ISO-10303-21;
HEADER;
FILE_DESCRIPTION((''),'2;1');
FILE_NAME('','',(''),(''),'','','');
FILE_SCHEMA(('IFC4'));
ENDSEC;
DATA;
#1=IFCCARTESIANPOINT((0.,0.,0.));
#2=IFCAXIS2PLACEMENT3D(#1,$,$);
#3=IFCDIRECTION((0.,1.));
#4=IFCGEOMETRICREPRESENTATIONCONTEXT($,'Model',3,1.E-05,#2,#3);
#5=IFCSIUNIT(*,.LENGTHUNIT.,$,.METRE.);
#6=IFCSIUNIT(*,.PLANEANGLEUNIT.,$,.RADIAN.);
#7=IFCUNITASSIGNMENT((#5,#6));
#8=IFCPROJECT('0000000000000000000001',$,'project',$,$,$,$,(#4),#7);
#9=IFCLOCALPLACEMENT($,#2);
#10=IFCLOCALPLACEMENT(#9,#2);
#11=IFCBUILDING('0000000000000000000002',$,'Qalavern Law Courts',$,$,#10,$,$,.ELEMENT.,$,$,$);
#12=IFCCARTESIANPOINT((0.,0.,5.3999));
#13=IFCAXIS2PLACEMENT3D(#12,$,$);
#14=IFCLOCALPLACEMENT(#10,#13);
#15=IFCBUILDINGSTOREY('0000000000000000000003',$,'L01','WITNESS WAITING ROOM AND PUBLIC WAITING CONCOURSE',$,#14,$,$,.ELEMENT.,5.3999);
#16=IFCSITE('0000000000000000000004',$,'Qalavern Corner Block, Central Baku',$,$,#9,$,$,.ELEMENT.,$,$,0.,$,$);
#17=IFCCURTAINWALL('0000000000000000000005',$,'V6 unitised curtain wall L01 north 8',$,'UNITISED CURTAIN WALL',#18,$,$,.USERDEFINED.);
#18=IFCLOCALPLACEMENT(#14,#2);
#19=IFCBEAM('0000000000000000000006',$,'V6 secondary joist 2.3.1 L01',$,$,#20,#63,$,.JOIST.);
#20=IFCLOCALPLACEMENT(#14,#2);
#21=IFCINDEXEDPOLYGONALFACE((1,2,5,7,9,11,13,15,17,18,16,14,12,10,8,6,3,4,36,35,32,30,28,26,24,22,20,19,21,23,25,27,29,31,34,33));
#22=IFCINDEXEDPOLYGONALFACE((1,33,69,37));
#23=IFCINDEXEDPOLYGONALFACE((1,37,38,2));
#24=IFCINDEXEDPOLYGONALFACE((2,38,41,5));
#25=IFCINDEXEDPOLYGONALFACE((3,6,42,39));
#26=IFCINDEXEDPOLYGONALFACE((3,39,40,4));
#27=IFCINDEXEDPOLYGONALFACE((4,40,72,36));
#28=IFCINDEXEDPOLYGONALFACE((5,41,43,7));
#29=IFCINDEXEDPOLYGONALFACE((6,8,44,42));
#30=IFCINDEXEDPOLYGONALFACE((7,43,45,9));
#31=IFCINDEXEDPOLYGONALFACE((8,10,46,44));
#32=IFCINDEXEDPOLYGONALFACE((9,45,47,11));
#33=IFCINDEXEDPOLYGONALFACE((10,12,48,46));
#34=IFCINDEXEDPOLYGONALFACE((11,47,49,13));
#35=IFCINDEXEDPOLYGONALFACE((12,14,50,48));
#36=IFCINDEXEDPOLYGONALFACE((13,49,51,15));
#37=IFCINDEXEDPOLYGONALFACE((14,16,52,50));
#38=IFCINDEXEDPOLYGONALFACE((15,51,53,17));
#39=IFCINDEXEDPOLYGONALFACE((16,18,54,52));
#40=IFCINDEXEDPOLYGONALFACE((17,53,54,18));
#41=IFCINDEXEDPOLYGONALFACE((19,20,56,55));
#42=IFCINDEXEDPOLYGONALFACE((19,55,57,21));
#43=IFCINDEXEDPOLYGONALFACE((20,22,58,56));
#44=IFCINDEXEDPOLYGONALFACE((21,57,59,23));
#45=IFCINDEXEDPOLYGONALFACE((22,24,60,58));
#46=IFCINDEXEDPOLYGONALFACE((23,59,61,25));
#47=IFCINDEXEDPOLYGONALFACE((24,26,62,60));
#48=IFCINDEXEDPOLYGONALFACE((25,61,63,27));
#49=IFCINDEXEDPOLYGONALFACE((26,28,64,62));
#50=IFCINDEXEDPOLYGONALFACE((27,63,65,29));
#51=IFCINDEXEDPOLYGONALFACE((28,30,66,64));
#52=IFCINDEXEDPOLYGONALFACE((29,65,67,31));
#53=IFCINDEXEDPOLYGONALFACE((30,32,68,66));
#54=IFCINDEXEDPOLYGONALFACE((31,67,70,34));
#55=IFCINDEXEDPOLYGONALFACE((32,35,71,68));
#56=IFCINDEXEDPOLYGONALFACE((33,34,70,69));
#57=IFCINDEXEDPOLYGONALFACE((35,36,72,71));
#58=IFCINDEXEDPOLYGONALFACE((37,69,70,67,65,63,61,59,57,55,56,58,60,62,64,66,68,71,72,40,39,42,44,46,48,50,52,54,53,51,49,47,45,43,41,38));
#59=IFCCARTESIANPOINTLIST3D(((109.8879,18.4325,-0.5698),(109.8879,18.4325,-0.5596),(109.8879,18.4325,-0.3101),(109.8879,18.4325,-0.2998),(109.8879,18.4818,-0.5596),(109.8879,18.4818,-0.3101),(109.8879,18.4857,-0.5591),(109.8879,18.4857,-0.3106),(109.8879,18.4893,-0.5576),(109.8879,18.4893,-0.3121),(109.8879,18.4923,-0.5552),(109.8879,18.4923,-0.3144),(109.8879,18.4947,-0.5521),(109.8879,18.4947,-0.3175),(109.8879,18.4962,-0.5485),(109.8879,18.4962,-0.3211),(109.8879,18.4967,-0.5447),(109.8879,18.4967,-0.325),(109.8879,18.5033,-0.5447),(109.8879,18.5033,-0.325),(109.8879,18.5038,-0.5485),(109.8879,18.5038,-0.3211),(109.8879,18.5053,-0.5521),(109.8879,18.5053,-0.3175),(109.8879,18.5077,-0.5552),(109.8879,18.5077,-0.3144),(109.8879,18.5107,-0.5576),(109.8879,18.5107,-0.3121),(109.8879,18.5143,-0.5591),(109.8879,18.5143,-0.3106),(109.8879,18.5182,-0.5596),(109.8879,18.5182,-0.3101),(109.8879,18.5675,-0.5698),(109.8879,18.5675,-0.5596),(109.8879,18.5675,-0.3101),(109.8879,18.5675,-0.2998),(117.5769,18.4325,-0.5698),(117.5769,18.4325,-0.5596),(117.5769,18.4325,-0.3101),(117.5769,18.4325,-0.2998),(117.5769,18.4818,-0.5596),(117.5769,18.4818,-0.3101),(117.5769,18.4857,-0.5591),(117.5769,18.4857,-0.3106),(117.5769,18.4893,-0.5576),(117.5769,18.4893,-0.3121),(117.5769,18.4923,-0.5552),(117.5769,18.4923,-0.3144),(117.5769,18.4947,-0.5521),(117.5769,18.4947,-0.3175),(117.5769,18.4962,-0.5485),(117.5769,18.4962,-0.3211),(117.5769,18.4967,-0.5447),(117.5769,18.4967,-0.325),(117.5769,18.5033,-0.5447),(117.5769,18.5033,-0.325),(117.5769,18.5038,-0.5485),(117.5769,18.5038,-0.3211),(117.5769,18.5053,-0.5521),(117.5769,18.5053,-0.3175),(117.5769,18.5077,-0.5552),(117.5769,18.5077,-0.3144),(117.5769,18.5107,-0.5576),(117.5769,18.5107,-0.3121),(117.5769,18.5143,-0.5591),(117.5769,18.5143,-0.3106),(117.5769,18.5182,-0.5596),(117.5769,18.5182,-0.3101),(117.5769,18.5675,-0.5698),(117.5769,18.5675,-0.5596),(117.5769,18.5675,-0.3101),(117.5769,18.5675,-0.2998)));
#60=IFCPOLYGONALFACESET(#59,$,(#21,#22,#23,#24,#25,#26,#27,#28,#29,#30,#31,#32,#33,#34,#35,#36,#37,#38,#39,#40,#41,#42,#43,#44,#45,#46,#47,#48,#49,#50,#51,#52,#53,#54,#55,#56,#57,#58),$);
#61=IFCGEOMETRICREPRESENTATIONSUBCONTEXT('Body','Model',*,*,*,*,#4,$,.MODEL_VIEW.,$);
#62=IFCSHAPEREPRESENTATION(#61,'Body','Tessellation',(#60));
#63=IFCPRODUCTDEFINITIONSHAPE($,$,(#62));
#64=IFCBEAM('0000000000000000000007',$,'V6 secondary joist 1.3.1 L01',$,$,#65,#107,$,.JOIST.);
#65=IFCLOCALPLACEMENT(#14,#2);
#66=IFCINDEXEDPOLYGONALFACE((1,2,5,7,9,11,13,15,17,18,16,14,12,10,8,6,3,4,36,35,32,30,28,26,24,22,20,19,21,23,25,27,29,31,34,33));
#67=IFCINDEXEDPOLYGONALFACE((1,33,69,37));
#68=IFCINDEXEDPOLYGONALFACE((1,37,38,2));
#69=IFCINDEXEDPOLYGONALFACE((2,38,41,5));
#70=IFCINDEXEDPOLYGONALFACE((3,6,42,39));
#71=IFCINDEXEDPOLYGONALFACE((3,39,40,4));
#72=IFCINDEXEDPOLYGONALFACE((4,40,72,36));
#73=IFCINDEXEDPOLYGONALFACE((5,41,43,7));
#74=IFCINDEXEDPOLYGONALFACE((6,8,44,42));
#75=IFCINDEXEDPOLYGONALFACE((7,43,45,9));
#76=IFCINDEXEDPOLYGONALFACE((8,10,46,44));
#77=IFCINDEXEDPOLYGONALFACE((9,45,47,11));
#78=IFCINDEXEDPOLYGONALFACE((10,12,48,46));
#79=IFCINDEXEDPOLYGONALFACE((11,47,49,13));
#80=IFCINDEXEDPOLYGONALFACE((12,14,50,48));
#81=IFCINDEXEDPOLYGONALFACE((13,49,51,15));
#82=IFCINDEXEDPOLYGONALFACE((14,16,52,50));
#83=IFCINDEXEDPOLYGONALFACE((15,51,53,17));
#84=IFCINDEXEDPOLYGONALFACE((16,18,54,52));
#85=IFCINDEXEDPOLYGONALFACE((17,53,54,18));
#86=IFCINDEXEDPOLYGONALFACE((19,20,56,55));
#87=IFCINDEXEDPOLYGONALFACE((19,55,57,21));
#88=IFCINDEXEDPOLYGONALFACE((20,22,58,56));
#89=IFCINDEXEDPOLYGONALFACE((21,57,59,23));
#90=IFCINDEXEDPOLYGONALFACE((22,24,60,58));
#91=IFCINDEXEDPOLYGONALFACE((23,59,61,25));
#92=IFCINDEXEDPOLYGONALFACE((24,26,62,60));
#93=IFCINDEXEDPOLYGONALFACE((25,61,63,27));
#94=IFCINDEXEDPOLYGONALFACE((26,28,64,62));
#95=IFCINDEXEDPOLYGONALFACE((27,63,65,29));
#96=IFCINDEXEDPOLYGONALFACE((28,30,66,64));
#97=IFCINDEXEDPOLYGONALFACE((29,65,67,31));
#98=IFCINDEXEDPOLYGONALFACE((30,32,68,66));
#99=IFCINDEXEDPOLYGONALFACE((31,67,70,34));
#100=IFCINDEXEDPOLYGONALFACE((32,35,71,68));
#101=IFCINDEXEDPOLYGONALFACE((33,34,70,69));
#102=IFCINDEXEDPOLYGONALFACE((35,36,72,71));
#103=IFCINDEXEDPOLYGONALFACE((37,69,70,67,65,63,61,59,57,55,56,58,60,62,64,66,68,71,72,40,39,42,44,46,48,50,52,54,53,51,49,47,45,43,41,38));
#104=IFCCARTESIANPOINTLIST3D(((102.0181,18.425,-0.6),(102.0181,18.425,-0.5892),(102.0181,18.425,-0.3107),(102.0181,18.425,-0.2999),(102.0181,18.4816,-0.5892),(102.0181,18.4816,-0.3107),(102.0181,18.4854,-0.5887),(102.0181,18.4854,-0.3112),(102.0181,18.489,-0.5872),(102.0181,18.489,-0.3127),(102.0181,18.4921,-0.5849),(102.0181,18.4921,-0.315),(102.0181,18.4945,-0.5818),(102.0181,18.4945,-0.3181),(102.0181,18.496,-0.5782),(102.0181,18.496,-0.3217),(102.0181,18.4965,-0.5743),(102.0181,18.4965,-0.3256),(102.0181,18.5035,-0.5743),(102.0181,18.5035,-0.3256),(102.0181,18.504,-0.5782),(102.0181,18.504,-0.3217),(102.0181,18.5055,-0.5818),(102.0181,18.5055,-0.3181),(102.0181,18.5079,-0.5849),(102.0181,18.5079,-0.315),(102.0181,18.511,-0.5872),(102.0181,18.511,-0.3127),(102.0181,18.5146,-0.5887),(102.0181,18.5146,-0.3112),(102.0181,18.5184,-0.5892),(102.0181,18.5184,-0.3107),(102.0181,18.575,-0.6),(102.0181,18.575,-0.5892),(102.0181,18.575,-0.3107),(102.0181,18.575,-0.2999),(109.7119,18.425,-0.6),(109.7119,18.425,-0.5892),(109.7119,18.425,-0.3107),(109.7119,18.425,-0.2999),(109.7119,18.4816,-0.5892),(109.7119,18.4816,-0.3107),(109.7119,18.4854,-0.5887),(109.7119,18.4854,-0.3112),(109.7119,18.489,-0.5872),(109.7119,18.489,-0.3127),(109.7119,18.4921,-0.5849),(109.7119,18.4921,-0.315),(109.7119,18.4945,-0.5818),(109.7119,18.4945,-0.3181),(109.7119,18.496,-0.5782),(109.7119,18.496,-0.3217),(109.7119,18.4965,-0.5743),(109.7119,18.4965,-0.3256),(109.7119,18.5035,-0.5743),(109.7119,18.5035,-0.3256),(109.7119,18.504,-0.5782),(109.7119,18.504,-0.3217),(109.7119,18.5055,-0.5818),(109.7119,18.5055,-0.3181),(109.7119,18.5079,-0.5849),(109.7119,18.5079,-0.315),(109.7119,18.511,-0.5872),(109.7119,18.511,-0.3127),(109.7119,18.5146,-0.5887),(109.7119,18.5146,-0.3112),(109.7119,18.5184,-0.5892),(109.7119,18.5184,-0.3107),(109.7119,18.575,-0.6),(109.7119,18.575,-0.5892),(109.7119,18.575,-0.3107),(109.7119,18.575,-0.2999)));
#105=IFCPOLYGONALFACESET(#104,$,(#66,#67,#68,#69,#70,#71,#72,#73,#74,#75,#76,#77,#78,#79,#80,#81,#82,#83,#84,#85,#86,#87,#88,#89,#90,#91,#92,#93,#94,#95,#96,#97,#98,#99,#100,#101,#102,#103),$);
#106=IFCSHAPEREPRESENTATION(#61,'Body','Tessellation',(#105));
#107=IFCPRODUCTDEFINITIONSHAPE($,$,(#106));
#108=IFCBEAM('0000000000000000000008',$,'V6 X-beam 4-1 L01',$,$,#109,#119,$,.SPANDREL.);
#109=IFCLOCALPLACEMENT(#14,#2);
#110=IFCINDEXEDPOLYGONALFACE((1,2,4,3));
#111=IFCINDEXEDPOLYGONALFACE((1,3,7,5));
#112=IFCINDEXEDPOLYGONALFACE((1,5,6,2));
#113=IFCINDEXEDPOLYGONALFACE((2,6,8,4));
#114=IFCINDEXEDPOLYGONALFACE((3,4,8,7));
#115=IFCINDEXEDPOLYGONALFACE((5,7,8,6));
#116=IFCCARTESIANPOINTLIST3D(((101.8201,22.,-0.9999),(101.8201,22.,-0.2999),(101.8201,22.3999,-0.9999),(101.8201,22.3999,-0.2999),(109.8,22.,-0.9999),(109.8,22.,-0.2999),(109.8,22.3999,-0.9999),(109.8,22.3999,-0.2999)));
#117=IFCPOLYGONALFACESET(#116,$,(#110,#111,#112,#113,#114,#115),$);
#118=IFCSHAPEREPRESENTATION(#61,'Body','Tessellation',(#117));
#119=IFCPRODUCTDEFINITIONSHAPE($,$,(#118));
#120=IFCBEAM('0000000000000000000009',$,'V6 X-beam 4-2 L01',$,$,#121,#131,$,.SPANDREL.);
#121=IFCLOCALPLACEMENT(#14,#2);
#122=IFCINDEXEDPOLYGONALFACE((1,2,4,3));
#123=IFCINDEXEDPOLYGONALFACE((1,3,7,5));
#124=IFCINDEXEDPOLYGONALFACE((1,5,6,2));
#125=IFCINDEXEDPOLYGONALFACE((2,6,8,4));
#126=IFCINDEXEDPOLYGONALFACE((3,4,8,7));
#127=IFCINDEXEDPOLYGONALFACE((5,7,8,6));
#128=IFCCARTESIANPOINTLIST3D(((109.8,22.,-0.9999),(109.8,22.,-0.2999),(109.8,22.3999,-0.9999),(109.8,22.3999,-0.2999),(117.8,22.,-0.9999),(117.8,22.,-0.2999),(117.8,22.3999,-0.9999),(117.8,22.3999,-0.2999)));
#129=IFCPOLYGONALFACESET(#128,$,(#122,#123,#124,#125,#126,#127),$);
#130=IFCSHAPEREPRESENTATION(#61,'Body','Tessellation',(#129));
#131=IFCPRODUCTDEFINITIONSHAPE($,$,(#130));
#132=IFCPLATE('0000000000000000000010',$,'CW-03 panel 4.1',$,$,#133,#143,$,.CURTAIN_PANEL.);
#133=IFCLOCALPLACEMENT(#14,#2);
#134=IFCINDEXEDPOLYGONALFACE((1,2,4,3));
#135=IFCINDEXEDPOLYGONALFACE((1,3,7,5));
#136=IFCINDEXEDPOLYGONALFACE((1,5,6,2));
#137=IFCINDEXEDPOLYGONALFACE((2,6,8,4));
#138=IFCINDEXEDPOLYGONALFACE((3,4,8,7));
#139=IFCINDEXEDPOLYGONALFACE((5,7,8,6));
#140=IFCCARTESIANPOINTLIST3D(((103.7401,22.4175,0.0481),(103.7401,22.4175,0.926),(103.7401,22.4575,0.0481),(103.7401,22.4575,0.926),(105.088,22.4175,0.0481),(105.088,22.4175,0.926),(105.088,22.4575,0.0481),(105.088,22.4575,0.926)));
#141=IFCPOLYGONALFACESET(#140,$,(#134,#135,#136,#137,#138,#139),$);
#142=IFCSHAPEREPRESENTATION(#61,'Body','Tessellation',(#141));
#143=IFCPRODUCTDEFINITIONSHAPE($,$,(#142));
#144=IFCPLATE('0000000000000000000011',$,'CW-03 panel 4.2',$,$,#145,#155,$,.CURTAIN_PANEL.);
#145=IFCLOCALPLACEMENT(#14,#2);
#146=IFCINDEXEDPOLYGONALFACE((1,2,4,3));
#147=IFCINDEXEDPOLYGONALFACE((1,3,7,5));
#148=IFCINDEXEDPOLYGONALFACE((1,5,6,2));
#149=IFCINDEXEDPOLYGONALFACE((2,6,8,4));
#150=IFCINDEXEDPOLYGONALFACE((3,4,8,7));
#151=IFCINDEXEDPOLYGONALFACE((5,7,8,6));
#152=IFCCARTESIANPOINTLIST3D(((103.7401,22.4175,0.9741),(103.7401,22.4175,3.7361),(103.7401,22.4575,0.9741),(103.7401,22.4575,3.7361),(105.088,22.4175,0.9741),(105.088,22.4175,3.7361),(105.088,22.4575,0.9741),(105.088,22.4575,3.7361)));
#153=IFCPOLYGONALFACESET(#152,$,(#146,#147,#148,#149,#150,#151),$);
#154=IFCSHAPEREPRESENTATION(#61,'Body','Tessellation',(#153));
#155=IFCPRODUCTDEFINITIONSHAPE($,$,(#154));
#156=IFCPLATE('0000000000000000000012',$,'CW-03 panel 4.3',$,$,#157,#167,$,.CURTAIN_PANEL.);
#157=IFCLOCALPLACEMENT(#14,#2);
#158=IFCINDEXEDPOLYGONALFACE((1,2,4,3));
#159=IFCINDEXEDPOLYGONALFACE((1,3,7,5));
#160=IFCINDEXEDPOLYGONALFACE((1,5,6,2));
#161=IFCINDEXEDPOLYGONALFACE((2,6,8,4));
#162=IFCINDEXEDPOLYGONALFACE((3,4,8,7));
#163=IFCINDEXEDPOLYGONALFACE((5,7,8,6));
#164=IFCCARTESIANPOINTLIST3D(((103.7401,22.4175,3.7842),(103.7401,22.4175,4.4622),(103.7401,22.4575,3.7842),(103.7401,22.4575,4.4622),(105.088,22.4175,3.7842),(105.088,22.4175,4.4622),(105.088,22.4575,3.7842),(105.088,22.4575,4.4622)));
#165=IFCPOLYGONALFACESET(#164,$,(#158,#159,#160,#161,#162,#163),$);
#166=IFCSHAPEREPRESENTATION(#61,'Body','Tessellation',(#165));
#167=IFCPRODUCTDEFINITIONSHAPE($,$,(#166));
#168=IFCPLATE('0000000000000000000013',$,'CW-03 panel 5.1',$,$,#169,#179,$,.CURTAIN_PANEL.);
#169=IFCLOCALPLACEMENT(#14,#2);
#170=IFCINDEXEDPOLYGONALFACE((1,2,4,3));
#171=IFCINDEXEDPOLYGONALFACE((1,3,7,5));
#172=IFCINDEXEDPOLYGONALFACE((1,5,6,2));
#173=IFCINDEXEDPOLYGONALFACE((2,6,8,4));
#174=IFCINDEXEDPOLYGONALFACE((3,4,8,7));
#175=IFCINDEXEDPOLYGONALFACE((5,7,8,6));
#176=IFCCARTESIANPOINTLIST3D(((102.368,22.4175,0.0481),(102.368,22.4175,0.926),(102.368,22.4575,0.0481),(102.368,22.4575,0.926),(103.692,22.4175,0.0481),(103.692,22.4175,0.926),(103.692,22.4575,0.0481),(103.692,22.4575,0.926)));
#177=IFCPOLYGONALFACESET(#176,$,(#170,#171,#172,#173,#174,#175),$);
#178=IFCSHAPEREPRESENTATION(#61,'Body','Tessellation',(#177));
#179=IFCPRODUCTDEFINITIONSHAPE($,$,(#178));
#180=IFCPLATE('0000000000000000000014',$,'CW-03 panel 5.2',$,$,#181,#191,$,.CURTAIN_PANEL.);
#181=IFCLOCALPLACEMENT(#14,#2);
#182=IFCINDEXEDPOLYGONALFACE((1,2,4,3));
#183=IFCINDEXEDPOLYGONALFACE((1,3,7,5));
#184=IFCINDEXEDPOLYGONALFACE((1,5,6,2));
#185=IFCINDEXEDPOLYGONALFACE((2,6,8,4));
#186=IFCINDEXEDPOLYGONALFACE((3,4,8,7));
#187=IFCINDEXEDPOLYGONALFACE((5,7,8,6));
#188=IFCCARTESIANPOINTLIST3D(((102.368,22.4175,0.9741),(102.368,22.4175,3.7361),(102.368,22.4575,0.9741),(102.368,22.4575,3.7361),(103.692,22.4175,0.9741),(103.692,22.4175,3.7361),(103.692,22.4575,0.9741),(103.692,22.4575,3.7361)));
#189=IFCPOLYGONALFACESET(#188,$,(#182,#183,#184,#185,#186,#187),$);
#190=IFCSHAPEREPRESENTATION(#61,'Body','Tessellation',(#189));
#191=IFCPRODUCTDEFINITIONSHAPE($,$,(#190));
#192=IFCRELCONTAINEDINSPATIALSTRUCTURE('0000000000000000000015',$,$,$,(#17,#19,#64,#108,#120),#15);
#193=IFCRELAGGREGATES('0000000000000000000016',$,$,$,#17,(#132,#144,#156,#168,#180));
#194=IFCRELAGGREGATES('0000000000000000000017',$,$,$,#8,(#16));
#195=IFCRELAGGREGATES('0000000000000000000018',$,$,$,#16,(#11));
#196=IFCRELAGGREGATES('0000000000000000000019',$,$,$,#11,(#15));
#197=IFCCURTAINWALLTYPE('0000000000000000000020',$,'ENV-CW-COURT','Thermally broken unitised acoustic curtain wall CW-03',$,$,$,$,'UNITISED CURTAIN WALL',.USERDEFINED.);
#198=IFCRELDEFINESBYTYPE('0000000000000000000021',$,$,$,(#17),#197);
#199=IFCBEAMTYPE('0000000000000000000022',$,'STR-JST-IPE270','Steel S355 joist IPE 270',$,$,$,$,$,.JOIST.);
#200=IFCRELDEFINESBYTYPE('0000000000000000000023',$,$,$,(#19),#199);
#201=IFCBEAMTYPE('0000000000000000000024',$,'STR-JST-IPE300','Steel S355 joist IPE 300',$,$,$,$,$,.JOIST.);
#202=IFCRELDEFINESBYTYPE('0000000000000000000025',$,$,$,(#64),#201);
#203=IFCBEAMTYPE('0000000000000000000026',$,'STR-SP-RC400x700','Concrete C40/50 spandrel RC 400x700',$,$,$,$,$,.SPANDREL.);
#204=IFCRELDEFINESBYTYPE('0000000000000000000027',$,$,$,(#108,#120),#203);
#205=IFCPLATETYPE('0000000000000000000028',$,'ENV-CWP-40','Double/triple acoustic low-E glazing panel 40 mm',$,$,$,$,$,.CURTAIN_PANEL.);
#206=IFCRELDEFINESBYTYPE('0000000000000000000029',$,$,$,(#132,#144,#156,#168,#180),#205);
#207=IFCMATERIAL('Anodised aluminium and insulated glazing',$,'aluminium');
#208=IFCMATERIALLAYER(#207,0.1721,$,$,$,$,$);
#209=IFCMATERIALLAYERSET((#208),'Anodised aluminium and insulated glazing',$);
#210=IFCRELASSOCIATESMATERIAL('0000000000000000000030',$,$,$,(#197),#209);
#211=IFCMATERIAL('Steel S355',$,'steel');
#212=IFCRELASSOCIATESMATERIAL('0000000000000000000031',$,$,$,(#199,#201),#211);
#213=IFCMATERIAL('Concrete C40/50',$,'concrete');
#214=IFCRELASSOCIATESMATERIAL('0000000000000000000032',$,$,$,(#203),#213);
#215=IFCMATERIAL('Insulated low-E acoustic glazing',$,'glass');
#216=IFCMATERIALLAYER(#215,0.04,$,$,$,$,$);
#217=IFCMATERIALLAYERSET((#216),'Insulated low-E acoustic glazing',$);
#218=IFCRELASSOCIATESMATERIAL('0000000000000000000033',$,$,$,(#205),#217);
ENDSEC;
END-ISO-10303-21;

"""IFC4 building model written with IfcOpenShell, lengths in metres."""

from ifc_helpers import new_model, si_unit, direction, frame, origin, origin_2d, place, context, subcontext, project, spatial, rectangle, i_section, extrude, material, layer, layer_set, material_profile, profile_set, type_object, element, aggregate, save


model = new_model("IFC4")

# Units and contexts
model_context = context("Model", 3, precision=1e-05, world=origin(), true_north=direction((0.0, 1.0)))
body_context = subcontext(model_context, "Body", "Model", "MODEL_VIEW")
ifc_project = project(units=[si_unit("LENGTHUNIT", "METRE"), si_unit("PLANEANGLEUNIT", "RADIAN")], contexts=[model_context])

# Site, building, storey
site_placement = place(None, origin())
site = spatial("IfcSite", under=ifc_project, at=site_placement, Name="Qalavern Corner Block, Central Baku", CompositionType="ELEMENT", RefElevation=0.0)
building_placement = place(site_placement, origin())
building = spatial("IfcBuilding", under=site, at=building_placement, Name="Qalavern Law Courts", CompositionType="ELEMENT")
storey_placement = place(building_placement, frame((0.0, 0.0, 5.3999)))
storey = spatial("IfcBuildingStorey", under=building, at=storey_placement, Name="L01", Description="WITNESS WAITING ROOM AND PUBLIC WAITING CONCOURSE", CompositionType="ELEMENT", Elevation=5.3999)

# Curtain wall
ifc_material_1 = material(Name="Anodised aluminium and insulated glazing", Category="aluminium")
ifc_layer_1 = layer(ifc_material_1, 0.1721)
ifc_layer_set_1 = layer_set([ifc_layer_1], Name="Anodised aluminium and insulated glazing")
curtain_wall_type = type_object("IfcCurtainWallType", Name="ENV-CW-COURT", Description="Thermally broken unitised acoustic curtain wall CW-03", ElementType="UNITISED CURTAIN WALL", PredefinedType="USERDEFINED", material=ifc_layer_set_1)
curtain_wall_placement = place(storey_placement, origin())
curtain_wall = element("IfcCurtainWall", 1, at=curtain_wall_placement, inside=storey, type_object=curtain_wall_type, Name="V6 unitised curtain wall L01 north 8", ObjectType="UNITISED CURTAIN WALL", PredefinedType="USERDEFINED")

# Beams
ifc_material_2 = material(Name="Steel S355", Category="steel")
ifc_material_profile_1 = material_profile(ifc_material_2, i_section(OverallWidth=0.135, OverallDepth=0.27, WebThickness=0.0066, FlangeThickness=0.0103, FilletRadius=0.0149, at=origin_2d()), Name="IPE 270")
ifc_profile_set_1 = profile_set([ifc_material_profile_1], Name="Steel S355")
beam_type_1 = type_object("IfcBeamType", Name="STR-JST-IPE270", Description="Steel S355 joist IPE 270", PredefinedType="JOIST", material=ifc_profile_set_1)
beam_1_placement = place(storey_placement, frame((109.8879, 18.5, -0.4348), z_axis=(1.0, 0.0, 0.0), x_axis=(0.0, 1.0, 0.0)))
element("IfcBeam", 2, at=beam_1_placement, inside=storey, type_object=beam_type_1, Name="V6 secondary joist 2.3.1 L01", PredefinedType="JOIST", context=body_context, shape_type="SweptSolid", body=[
    extrude(i_section(OverallWidth=0.135, OverallDepth=0.27, WebThickness=0.0066, FlangeThickness=0.0103, FilletRadius=0.0149, at=origin_2d()), origin(), (0.0, 0.0, 1.0), 7.689),
])
ifc_material_profile_2 = material_profile(ifc_material_2, i_section(OverallWidth=0.1499, OverallDepth=0.3, WebThickness=0.0071, FlangeThickness=0.0107, FilletRadius=0.0149, at=origin_2d()), Name="IPE 300")
ifc_profile_set_2 = profile_set([ifc_material_profile_2], Name="Steel S355")
beam_type_2 = type_object("IfcBeamType", Name="STR-JST-IPE300", Description="Steel S355 joist IPE 300", PredefinedType="JOIST", material=ifc_profile_set_2)
beam_2_placement = place(storey_placement, frame((102.0181, 18.5, -0.45), z_axis=(1.0, 0.0, 0.0), x_axis=(0.0, 1.0, 0.0)))
element("IfcBeam", 3, at=beam_2_placement, inside=storey, type_object=beam_type_2, Name="V6 secondary joist 1.3.1 L01", PredefinedType="JOIST", context=body_context, shape_type="SweptSolid", body=[
    extrude(i_section(OverallWidth=0.1499, OverallDepth=0.3, WebThickness=0.0071, FlangeThickness=0.0107, FilletRadius=0.0149, at=origin_2d()), origin(), (0.0, 0.0, 1.0), 7.6938),
])
ifc_material_3 = material(Name="Concrete C40/50", Category="concrete")
ifc_material_profile_3 = material_profile(ifc_material_3, rectangle(XDim=0.3999, YDim=0.7, at=origin_2d()), Name="RC 400x700")
ifc_profile_set_3 = profile_set([ifc_material_profile_3], Name="Concrete C40/50")
beam_type_3 = type_object("IfcBeamType", Name="STR-SP-RC400x700", Description="Concrete C40/50 spandrel RC 400x700", PredefinedType="SPANDREL", material=ifc_profile_set_3)
beam_3_placement = place(storey_placement, frame((101.8201, 22.2, -0.6499), z_axis=(1.0, 0.0, 0.0), x_axis=(0.0, 1.0, 0.0)))
element("IfcBeam", 4, at=beam_3_placement, inside=storey, type_object=beam_type_3, Name="V6 X-beam 4-1 L01", PredefinedType="SPANDREL", context=body_context, shape_type="SweptSolid", body=[
    extrude(rectangle(XDim=0.3999, YDim=0.7, at=origin_2d()), origin(), (0.0, 0.0, 1.0), 7.98),
])
beam_4_placement = place(storey_placement, frame((109.8, 22.2, -0.6499), z_axis=(1.0, 0.0, 0.0), x_axis=(0.0, 1.0, 0.0)))
element("IfcBeam", 5, at=beam_4_placement, inside=storey, type_object=beam_type_3, Name="V6 X-beam 4-2 L01", PredefinedType="SPANDREL", context=body_context, shape_type="SweptSolid", body=[
    extrude(rectangle(XDim=0.3999, YDim=0.7, at=origin_2d()), origin(), (0.0, 0.0, 1.0), 8.0),
])

# Plates
ifc_material_4 = material(Name="Insulated low-E acoustic glazing", Category="glass")
ifc_layer_2 = layer(ifc_material_4, 0.04)
ifc_layer_set_2 = layer_set([ifc_layer_2], Name="Insulated low-E acoustic glazing")
plate_type = type_object("IfcPlateType", Name="ENV-CWP-40", Description="Double/triple acoustic low-E glazing panel 40 mm", PredefinedType="CURTAIN_PANEL", material=ifc_layer_set_2)
plate_1_placement = place(storey_placement, frame((104.4141, 22.4375, 0.0481), z_axis=(0.0, 0.0, 1.0), x_axis=(-1.0, 0.0, 0.0)))
plate_1 = element("IfcPlate", 6, at=plate_1_placement, type_object=plate_type, Name="CW-03 panel 4.1", PredefinedType="CURTAIN_PANEL", context=body_context, shape_type="SweptSolid", body=[
    extrude(rectangle(XDim=1.3479, YDim=0.04, at=origin_2d()), origin(), (0.0, 0.0, 1.0), 0.8779),
])
plate_2_placement = place(storey_placement, frame((104.4141, 22.4375, 0.9741), z_axis=(0.0, 0.0, 1.0), x_axis=(-1.0, 0.0, 0.0)))
plate_2 = element("IfcPlate", 7, at=plate_2_placement, type_object=plate_type, Name="CW-03 panel 4.2", PredefinedType="CURTAIN_PANEL", context=body_context, shape_type="SweptSolid", body=[
    extrude(rectangle(XDim=1.3479, YDim=0.04, at=origin_2d()), origin(), (0.0, 0.0, 1.0), 2.762),
])
plate_3_placement = place(storey_placement, frame((104.4141, 22.4375, 3.7842), z_axis=(0.0, 0.0, 1.0), x_axis=(-1.0, 0.0, 0.0)))
plate_3 = element("IfcPlate", 8, at=plate_3_placement, type_object=plate_type, Name="CW-03 panel 4.3", PredefinedType="CURTAIN_PANEL", context=body_context, shape_type="SweptSolid", body=[
    extrude(rectangle(XDim=1.3479, YDim=0.04, at=origin_2d()), origin(), (0.0, 0.0, 1.0), 0.678),
])
plate_4_placement = place(storey_placement, frame((103.03, 22.4375, 0.0481), z_axis=(0.0, 0.0, 1.0), x_axis=(-1.0, 0.0, 0.0)))
plate_4 = element("IfcPlate", 9, at=plate_4_placement, type_object=plate_type, Name="CW-03 panel 5.1", PredefinedType="CURTAIN_PANEL", context=body_context, shape_type="SweptSolid", body=[
    extrude(rectangle(XDim=1.324, YDim=0.04, at=origin_2d()), origin(), (0.0, 0.0, 1.0), 0.8779),
])
plate_5_placement = place(storey_placement, frame((103.03, 22.4375, 0.9741), z_axis=(0.0, 0.0, 1.0), x_axis=(-1.0, 0.0, 0.0)))
plate_5 = element("IfcPlate", 10, at=plate_5_placement, type_object=plate_type, Name="CW-03 panel 5.2", PredefinedType="CURTAIN_PANEL", context=body_context, shape_type="SweptSolid", body=[
    extrude(rectangle(XDim=1.324, YDim=0.04, at=origin_2d()), origin(), (0.0, 0.0, 1.0), 2.762),
])
aggregate(curtain_wall, [plate_1, plate_2, plate_3, plate_4, plate_5])

save(model, "model.ifc")
